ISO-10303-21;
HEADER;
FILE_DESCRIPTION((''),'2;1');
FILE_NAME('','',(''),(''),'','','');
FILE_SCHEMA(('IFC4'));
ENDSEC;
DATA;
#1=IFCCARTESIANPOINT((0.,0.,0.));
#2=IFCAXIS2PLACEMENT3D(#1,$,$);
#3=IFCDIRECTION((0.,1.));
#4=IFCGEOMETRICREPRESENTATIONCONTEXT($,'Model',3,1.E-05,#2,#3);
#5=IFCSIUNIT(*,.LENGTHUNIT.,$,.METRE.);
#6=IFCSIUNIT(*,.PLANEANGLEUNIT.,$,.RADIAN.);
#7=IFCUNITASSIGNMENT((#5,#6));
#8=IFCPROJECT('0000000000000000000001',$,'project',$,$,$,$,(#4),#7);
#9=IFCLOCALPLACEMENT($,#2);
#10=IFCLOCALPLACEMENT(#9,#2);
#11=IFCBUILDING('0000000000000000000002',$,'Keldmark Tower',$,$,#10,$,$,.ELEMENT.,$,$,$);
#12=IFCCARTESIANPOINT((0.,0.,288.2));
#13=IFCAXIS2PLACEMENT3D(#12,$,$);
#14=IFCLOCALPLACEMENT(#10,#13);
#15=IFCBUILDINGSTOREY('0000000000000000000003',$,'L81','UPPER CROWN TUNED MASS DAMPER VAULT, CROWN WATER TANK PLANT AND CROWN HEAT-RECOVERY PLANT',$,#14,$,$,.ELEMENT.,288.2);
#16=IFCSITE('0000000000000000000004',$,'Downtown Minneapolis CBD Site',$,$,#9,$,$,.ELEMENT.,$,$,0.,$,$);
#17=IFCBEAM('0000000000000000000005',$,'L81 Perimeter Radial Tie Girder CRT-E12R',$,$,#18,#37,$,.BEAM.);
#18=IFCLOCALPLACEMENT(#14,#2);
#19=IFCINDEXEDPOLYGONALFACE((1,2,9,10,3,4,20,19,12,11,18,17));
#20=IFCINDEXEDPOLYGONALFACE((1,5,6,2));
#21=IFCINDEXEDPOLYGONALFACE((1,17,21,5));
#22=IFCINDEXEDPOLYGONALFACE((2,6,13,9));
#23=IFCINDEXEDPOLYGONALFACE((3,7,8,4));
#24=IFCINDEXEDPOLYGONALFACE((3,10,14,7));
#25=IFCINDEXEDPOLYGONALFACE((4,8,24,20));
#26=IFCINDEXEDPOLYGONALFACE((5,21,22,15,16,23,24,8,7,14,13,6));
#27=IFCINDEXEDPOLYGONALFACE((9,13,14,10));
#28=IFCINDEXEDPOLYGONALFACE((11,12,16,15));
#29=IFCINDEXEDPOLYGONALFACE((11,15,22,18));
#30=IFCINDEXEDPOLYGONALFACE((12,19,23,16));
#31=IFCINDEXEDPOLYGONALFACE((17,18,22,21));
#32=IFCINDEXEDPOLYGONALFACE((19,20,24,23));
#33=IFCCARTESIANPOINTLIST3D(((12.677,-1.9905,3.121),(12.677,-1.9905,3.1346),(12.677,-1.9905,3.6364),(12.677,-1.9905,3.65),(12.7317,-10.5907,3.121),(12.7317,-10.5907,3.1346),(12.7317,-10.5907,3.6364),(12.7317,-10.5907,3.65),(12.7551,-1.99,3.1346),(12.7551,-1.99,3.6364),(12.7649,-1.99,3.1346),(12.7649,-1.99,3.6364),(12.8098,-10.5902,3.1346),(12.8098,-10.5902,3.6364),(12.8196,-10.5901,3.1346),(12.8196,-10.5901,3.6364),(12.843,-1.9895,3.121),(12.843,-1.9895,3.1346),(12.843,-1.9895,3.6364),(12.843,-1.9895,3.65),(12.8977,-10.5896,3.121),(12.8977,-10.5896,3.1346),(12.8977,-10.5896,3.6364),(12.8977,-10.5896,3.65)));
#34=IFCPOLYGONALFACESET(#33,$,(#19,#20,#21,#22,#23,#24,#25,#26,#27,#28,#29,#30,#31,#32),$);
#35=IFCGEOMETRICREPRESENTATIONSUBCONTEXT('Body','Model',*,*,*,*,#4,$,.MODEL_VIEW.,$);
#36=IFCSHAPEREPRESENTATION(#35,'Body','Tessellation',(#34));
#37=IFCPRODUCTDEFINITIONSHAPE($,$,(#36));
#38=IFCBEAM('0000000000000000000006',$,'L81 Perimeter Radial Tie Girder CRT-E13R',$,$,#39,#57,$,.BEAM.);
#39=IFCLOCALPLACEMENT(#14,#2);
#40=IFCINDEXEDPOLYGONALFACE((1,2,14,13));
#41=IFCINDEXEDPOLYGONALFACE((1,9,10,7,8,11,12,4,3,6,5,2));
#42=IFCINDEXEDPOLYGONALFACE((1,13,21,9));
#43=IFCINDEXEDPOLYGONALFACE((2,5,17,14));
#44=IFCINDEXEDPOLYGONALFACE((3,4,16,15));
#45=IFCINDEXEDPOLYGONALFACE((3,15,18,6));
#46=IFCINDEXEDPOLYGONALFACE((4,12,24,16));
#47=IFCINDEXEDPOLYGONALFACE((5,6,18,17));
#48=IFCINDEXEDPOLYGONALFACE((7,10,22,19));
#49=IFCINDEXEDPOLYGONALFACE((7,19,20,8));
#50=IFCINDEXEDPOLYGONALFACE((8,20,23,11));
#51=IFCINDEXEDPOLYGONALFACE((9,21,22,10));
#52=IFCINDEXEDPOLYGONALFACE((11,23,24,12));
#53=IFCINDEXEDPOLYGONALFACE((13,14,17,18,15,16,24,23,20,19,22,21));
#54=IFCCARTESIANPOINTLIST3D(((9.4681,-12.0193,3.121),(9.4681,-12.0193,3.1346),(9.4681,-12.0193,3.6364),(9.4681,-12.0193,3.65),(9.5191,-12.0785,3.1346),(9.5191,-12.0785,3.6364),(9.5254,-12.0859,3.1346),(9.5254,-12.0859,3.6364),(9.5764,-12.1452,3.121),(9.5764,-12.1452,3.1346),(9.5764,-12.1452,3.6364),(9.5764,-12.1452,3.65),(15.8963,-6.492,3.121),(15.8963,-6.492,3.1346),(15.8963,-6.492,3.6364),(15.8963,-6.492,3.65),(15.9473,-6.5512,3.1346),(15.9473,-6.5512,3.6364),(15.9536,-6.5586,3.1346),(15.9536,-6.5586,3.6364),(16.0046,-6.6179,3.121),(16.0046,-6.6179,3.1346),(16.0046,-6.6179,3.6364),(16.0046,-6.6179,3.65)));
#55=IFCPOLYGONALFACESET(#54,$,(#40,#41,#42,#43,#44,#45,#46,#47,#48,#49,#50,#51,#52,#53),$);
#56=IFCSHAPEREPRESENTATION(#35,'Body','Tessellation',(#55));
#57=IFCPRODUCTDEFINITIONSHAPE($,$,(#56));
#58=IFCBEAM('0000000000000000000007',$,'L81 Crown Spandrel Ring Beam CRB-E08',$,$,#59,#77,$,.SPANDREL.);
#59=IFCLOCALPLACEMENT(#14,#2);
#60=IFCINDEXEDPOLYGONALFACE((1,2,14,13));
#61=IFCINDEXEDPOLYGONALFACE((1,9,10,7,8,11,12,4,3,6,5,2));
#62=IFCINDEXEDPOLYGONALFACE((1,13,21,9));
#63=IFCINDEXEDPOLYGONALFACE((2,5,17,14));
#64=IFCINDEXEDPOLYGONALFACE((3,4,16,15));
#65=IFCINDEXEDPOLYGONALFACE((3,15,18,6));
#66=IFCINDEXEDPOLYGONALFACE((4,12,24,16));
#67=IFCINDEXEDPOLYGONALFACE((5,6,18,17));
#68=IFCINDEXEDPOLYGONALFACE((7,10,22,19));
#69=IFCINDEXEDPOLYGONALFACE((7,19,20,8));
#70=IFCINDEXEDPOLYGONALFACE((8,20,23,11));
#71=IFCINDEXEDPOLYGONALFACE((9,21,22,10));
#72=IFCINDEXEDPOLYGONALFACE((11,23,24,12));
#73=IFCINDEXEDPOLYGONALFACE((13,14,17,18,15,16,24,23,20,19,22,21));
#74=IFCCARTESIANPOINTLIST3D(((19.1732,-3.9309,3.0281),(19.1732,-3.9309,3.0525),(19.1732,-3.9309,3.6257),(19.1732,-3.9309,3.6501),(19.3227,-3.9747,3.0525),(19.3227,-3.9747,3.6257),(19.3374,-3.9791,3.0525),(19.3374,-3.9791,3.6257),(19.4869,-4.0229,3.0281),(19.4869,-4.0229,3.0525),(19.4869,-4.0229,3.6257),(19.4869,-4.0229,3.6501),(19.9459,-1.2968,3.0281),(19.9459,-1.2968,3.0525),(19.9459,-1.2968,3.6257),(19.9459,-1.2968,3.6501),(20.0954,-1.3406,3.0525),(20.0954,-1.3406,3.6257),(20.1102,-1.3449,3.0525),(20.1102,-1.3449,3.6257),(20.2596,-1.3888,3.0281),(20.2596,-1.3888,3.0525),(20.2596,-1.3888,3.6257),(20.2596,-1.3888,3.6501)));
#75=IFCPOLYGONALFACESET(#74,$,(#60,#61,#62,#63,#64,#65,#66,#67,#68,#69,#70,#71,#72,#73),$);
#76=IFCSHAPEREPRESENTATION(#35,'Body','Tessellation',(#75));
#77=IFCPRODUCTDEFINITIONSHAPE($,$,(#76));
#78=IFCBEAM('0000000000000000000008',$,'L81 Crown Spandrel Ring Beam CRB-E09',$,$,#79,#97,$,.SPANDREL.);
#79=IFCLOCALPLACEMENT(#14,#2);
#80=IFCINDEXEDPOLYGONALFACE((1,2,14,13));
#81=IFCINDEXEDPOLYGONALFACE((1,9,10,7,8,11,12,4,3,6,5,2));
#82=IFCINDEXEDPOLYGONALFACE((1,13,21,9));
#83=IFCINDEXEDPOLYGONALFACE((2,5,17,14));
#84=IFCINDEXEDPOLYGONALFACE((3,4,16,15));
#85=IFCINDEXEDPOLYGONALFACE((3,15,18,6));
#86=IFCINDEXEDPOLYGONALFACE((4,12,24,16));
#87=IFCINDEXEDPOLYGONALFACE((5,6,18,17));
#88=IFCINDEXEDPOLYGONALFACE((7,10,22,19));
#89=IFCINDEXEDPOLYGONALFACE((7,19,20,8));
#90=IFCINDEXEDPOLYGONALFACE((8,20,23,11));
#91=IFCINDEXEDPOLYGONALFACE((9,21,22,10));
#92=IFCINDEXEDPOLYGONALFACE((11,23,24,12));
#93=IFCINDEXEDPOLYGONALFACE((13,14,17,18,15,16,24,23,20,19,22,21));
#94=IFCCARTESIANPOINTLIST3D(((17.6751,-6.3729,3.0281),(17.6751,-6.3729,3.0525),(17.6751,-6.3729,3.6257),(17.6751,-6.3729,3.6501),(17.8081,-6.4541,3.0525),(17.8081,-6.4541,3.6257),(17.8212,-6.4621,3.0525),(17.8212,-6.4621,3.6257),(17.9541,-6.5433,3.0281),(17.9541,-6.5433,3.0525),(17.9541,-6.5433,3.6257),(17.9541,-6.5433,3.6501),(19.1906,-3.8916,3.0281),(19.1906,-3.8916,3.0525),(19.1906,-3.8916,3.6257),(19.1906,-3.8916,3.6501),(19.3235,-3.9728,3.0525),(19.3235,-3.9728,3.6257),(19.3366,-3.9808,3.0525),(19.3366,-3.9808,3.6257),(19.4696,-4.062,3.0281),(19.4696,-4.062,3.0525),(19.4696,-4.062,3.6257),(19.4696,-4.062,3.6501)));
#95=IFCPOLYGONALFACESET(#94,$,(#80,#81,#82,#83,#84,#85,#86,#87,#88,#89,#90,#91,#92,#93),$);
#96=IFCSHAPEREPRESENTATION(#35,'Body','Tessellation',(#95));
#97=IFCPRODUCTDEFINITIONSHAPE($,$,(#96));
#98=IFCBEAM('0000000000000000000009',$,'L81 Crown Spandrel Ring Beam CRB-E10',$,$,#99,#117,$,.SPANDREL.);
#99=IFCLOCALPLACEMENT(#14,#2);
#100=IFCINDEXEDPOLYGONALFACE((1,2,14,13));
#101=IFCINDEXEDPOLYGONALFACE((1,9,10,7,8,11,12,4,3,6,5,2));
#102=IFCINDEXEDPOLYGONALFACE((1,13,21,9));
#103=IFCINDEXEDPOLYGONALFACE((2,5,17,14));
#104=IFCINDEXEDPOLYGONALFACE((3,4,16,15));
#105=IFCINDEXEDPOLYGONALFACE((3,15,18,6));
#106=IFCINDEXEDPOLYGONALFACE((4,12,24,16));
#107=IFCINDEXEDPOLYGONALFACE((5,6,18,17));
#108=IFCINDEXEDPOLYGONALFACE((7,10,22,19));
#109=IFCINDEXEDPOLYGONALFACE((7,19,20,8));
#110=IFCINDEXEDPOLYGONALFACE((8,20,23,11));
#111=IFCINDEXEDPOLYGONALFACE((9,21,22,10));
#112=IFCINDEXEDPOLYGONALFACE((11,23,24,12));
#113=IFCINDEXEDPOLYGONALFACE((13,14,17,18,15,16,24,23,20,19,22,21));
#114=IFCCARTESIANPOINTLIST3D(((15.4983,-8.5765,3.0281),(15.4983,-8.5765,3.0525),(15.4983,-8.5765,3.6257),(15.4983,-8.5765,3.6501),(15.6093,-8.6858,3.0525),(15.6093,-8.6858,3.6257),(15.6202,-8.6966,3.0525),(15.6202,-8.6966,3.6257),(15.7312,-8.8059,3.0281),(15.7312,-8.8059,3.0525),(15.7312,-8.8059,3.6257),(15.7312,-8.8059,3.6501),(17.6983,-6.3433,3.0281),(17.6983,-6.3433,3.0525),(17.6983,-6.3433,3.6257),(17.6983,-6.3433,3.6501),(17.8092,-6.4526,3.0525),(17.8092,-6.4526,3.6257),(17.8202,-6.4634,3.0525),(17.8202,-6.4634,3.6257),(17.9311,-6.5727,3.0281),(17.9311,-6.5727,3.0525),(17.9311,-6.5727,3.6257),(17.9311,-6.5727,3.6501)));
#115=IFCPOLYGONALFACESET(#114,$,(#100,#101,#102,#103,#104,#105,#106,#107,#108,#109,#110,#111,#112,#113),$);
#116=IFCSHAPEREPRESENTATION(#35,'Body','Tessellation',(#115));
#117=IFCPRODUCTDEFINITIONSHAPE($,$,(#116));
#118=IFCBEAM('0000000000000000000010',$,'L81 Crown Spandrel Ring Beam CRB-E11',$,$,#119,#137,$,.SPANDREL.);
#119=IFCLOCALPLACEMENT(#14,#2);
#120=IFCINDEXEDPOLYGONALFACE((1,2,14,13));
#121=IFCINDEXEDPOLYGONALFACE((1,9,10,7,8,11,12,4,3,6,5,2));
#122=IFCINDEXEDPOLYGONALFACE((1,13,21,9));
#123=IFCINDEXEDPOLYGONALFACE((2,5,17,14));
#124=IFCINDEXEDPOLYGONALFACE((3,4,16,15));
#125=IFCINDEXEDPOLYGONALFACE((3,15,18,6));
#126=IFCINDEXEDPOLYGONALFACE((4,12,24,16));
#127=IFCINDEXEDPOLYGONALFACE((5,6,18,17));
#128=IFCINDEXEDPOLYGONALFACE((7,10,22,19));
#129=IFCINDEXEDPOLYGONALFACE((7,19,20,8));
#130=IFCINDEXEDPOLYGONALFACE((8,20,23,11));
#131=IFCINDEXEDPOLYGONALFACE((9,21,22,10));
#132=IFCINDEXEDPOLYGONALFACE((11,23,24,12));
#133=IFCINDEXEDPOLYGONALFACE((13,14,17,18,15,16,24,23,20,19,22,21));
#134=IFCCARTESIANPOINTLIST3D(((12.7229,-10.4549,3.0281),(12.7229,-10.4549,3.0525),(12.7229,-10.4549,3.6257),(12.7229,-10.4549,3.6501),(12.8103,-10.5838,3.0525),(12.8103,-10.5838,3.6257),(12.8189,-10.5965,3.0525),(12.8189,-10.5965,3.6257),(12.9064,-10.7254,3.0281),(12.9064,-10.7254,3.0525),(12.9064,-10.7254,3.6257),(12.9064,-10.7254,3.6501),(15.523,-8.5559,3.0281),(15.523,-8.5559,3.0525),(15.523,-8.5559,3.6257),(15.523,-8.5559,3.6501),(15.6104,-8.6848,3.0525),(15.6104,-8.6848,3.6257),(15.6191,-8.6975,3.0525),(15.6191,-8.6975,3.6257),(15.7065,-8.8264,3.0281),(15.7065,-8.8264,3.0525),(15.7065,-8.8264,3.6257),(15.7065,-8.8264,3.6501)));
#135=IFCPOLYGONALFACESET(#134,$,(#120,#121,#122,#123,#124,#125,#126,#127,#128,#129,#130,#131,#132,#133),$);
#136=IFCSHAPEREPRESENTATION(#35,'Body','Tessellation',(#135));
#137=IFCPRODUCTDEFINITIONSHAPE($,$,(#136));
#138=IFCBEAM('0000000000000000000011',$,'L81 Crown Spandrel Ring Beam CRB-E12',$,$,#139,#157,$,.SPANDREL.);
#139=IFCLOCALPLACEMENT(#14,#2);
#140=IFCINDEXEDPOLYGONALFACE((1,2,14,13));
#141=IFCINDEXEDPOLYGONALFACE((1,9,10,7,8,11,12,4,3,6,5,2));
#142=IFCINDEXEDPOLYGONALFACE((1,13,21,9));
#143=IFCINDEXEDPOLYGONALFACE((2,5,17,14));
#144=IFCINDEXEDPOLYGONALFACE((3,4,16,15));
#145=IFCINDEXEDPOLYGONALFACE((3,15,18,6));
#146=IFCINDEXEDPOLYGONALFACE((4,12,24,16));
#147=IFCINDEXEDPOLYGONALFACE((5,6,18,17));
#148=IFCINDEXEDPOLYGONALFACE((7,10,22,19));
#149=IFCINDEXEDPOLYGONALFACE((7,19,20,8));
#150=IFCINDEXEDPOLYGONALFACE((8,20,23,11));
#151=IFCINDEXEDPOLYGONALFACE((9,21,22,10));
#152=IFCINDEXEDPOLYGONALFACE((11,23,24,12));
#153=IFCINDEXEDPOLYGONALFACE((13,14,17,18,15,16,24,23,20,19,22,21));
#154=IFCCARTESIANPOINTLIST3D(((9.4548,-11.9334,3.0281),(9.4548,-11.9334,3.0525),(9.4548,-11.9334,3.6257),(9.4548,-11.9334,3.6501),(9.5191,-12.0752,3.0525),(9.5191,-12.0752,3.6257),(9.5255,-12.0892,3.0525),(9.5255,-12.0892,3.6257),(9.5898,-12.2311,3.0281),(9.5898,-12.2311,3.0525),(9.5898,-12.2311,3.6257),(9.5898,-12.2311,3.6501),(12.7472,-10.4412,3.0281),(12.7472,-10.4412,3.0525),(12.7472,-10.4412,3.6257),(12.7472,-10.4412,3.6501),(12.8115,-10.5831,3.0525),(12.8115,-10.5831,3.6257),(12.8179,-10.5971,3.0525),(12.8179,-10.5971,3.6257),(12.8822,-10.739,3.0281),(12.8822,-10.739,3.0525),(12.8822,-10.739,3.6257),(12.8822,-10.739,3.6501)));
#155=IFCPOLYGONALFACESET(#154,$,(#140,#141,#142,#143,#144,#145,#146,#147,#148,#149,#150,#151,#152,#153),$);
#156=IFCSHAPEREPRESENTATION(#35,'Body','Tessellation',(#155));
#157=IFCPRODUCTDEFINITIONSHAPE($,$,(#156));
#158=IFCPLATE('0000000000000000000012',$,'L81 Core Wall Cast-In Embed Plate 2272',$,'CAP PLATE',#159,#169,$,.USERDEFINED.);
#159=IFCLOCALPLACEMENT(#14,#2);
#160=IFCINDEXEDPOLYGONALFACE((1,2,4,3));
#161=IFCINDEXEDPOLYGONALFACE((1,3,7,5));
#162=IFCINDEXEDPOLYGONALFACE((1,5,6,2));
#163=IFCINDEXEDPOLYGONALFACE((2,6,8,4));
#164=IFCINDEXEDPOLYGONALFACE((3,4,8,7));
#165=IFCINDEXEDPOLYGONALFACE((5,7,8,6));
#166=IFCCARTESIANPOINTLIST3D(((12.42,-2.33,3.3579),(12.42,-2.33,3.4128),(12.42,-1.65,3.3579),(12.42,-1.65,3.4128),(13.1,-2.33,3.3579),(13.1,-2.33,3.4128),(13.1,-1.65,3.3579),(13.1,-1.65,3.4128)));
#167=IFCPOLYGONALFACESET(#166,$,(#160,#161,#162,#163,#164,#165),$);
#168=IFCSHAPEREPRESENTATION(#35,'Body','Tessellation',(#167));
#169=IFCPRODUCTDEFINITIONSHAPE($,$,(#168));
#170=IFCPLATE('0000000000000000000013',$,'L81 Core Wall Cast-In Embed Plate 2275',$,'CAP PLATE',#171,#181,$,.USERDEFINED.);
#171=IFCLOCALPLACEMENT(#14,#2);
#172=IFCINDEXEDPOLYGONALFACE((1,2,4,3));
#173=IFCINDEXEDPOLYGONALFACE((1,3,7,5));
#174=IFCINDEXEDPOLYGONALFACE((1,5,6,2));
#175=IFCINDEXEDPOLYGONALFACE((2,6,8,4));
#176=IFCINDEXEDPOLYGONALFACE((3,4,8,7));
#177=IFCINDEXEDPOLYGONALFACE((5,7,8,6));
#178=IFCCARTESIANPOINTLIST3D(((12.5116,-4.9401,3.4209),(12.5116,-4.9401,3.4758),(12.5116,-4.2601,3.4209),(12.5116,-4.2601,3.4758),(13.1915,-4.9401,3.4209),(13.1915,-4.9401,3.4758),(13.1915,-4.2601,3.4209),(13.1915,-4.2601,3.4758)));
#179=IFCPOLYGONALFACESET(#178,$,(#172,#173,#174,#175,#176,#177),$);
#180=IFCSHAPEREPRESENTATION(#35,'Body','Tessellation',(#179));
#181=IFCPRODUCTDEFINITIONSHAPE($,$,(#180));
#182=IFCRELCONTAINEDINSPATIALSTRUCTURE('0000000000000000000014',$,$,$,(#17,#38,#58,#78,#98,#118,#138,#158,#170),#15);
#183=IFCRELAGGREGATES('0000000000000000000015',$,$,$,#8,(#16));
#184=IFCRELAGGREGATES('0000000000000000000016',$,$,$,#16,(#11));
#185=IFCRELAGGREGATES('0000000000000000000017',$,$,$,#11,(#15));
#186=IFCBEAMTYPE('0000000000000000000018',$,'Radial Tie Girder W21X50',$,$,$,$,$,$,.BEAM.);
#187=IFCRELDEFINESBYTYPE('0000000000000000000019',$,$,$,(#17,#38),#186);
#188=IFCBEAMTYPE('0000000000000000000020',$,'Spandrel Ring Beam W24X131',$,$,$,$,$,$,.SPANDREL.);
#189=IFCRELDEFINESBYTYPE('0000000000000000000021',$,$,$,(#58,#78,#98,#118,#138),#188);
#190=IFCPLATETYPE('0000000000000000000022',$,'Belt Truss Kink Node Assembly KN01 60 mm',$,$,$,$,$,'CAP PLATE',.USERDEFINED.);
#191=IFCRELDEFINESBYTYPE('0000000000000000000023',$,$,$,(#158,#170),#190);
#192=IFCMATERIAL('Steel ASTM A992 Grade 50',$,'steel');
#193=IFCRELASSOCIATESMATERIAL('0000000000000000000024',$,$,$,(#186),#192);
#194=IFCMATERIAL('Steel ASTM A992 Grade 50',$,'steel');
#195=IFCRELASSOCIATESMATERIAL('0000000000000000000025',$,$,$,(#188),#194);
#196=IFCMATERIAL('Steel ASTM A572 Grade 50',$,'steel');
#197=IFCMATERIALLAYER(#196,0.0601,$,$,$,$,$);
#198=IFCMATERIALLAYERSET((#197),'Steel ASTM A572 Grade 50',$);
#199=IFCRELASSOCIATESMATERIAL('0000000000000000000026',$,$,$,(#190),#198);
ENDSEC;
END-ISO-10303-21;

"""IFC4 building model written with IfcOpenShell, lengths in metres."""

from ifc_helpers import new_model, si_unit, direction, frame, origin, origin_2d, place, context, subcontext, project, spatial, rectangle, i_section, extrude, material, layer, layer_set, material_profile, profile_set, type_object, element, save


model = new_model("IFC4")

# Units and contexts
model_context = context("Model", 3, precision=1e-05, world=origin(), true_north=direction((0.0, 1.0)))
body_context = subcontext(model_context, "Body", "Model", "MODEL_VIEW")
ifc_project = project(units=[si_unit("LENGTHUNIT", "METRE"), si_unit("PLANEANGLEUNIT", "RADIAN")], contexts=[model_context])

# Site, building, storey
site_placement = place(None, origin())
site = spatial("IfcSite", under=ifc_project, at=site_placement, Name="Downtown Minneapolis CBD Site", CompositionType="ELEMENT", RefElevation=0.0)
building_placement = place(site_placement, origin())
building = spatial("IfcBuilding", under=site, at=building_placement, Name="Keldmark Tower", CompositionType="ELEMENT")
storey_placement = place(building_placement, frame((0.0, 0.0, 288.2)))
storey = spatial("IfcBuildingStorey", under=building, at=storey_placement, Name="L81", Description="UPPER CROWN TUNED MASS DAMPER VAULT, CROWN WATER TANK PLANT AND CROWN HEAT-RECOVERY PLANT", CompositionType="ELEMENT", Elevation=288.2)

# Beams
ifc_material_1 = material(Name="Steel ASTM A992 Grade 50", Category="steel")
ifc_material_profile_1 = material_profile(ifc_material_1, i_section(OverallWidth=0.166, OverallDepth=0.5291, WebThickness=0.0098, FlangeThickness=0.0137, at=origin_2d()), Name="W21X50")
ifc_profile_set_1 = profile_set([ifc_material_profile_1], Name="Steel ASTM A992 Grade 50")
beam_type_1 = type_object("IfcBeamType", Name="Radial Tie Girder W21X50", PredefinedType="BEAM", material=ifc_profile_set_1)
beam_1_placement = place(storey_placement, frame((12.76, -1.99, 3.3855), z_axis=(0.006359, -0.99998, 0.0), x_axis=(0.99998, 0.006359, 0.0)))
element("IfcBeam", 1, at=beam_1_placement, inside=storey, type_object=beam_type_1, Name="L81 Perimeter Radial Tie Girder CRT-E12R", PredefinedType="BEAM", context=body_context, shape_type="SweptSolid", body=[
    extrude(i_section(OverallWidth=0.166, OverallDepth=0.5291, WebThickness=0.0098, FlangeThickness=0.0137, at=origin_2d()), origin(), (0.0, 0.0, 1.0), 8.6003),
])
beam_2_placement = place(storey_placement, frame((15.9504, -6.5549, 3.3855), z_axis=(-0.758239, -0.651976, 0.0), x_axis=(0.651976, -0.758239, 0.0)))
element("IfcBeam", 2, at=beam_2_placement, inside=storey, type_object=beam_type_1, Name="L81 Perimeter Radial Tie Girder CRT-E13R", PredefinedType="BEAM", context=body_context, shape_type="SweptSolid", body=[
    extrude(i_section(OverallWidth=0.166, OverallDepth=0.5291, WebThickness=0.0098, FlangeThickness=0.0137, at=origin_2d()), origin(), (0.0, 0.0, 1.0), 8.4778),
])
ifc_material_2 = material(Name="Steel ASTM A992 Grade 50", Category="steel")
ifc_material_profile_2 = material_profile(ifc_material_2, i_section(OverallWidth=0.3269, OverallDepth=0.6221, WebThickness=0.0154, FlangeThickness=0.0244, at=origin_2d()), Name="W24X131")
ifc_profile_set_2 = profile_set([ifc_material_profile_2], Name="Steel ASTM A992 Grade 50")
beam_type_2 = type_object("IfcBeamType", Name="Spandrel Ring Beam W24X131", PredefinedType="SPANDREL", material=ifc_profile_set_2)
beam_3_placement = place(storey_placement, frame((20.1028, -1.3428, 3.3391), z_axis=(-0.281492, -0.959564, 0.0), x_axis=(0.959564, -0.281492, 0.0)))
element("IfcBeam", 3, at=beam_3_placement, inside=storey, type_object=beam_type_2, Name="L81 Crown Spandrel Ring Beam CRB-E08", PredefinedType="SPANDREL", context=body_context, shape_type="SweptSolid", body=[
    extrude(i_section(OverallWidth=0.3269, OverallDepth=0.6221, WebThickness=0.0154, FlangeThickness=0.0244, at=origin_2d()), origin(), (0.0, 0.0, 1.0), 2.7451),
])
beam_4_placement = place(storey_placement, frame((19.3301, -3.9768, 3.3391), z_axis=(-0.521222, -0.853421, 0.0), x_axis=(0.853421, -0.521222, 0.0)))
element("IfcBeam", 4, at=beam_4_placement, inside=storey, type_object=beam_type_2, Name="L81 Crown Spandrel Ring Beam CRB-E09", PredefinedType="SPANDREL", context=body_context, shape_type="SweptSolid", body=[
    extrude(i_section(OverallWidth=0.3269, OverallDepth=0.6221, WebThickness=0.0154, FlangeThickness=0.0244, at=origin_2d()), origin(), (0.0, 0.0, 1.0), 2.9075),
])
beam_5_placement = place(storey_placement, frame((17.8147, -6.458, 3.3391), z_axis=(-0.701791, -0.712383, 0.0), x_axis=(0.712383, -0.701791, 0.0)))
element("IfcBeam", 5, at=beam_5_placement, inside=storey, type_object=beam_type_2, Name="L81 Crown Spandrel Ring Beam CRB-E10", PredefinedType="SPANDREL", context=body_context, shape_type="SweptSolid", body=[
    extrude(i_section(OverallWidth=0.3269, OverallDepth=0.6221, WebThickness=0.0154, FlangeThickness=0.0244, at=origin_2d()), origin(), (0.0, 0.0, 1.0), 3.1348),
])
beam_6_placement = place(storey_placement, frame((15.6147, -8.6912, 3.3391), z_axis=(-0.827628, -0.561277, 0.0), x_axis=(0.561277, -0.827628, 0.0)))
element("IfcBeam", 6, at=beam_6_placement, inside=storey, type_object=beam_type_2, Name="L81 Crown Spandrel Ring Beam CRB-E11", PredefinedType="SPANDREL", context=body_context, shape_type="SweptSolid", body=[
    extrude(i_section(OverallWidth=0.3269, OverallDepth=0.6221, WebThickness=0.0154, FlangeThickness=0.0244, at=origin_2d()), origin(), (0.0, 0.0, 1.0), 3.3833),
])
beam_7_placement = place(storey_placement, frame((12.8147, -10.5901, 3.3391), z_axis=(-0.910824, -0.412795, 0.0), x_axis=(0.412795, -0.910824, 0.0)))
element("IfcBeam", 7, at=beam_7_placement, inside=storey, type_object=beam_type_2, Name="L81 Crown Spandrel Ring Beam CRB-E12", PredefinedType="SPANDREL", context=body_context, shape_type="SweptSolid", body=[
    extrude(i_section(OverallWidth=0.3269, OverallDepth=0.6221, WebThickness=0.0154, FlangeThickness=0.0244, at=origin_2d()), origin(), (0.0, 0.0, 1.0), 3.6147),
])

# Plates
ifc_material_3 = material(Name="Steel ASTM A572 Grade 50", Category="steel")
ifc_layer_1 = layer(ifc_material_3, 0.0601)
ifc_layer_set_1 = layer_set([ifc_layer_1], Name="Steel ASTM A572 Grade 50")
plate_type_1 = type_object("IfcPlateType", Name="Belt Truss Kink Node Assembly KN01 60 mm", ElementType="CAP PLATE", PredefinedType="USERDEFINED", material=ifc_layer_set_1)
for number, where, z_axis, x_axis, name in (
    (8, (12.76, -1.99, 3.3579), (0.0, 0.0, 1.0), (1.0, 0.0, 0.0), "L81 Core Wall Cast-In Embed Plate 2272"),
    (9, (12.8516, -4.6001, 3.4209), (0.0, 0.0, 1.0), (1.0, 0.0, 0.0), "L81 Core Wall Cast-In Embed Plate 2275"),
):
    element("IfcPlate", number, at=place(storey_placement, frame(where, z_axis=z_axis, x_axis=x_axis)), inside=storey, type_object=plate_type_1, Name=name, ObjectType="CAP PLATE", PredefinedType="USERDEFINED", context=body_context, shape_type="SweptSolid", body=[
        extrude(rectangle(XDim=0.6799, YDim=0.6799, at=origin_2d()), origin(), (0.0, 0.0, 1.0), 0.0549),
    ])

save(model, "model.ifc")
